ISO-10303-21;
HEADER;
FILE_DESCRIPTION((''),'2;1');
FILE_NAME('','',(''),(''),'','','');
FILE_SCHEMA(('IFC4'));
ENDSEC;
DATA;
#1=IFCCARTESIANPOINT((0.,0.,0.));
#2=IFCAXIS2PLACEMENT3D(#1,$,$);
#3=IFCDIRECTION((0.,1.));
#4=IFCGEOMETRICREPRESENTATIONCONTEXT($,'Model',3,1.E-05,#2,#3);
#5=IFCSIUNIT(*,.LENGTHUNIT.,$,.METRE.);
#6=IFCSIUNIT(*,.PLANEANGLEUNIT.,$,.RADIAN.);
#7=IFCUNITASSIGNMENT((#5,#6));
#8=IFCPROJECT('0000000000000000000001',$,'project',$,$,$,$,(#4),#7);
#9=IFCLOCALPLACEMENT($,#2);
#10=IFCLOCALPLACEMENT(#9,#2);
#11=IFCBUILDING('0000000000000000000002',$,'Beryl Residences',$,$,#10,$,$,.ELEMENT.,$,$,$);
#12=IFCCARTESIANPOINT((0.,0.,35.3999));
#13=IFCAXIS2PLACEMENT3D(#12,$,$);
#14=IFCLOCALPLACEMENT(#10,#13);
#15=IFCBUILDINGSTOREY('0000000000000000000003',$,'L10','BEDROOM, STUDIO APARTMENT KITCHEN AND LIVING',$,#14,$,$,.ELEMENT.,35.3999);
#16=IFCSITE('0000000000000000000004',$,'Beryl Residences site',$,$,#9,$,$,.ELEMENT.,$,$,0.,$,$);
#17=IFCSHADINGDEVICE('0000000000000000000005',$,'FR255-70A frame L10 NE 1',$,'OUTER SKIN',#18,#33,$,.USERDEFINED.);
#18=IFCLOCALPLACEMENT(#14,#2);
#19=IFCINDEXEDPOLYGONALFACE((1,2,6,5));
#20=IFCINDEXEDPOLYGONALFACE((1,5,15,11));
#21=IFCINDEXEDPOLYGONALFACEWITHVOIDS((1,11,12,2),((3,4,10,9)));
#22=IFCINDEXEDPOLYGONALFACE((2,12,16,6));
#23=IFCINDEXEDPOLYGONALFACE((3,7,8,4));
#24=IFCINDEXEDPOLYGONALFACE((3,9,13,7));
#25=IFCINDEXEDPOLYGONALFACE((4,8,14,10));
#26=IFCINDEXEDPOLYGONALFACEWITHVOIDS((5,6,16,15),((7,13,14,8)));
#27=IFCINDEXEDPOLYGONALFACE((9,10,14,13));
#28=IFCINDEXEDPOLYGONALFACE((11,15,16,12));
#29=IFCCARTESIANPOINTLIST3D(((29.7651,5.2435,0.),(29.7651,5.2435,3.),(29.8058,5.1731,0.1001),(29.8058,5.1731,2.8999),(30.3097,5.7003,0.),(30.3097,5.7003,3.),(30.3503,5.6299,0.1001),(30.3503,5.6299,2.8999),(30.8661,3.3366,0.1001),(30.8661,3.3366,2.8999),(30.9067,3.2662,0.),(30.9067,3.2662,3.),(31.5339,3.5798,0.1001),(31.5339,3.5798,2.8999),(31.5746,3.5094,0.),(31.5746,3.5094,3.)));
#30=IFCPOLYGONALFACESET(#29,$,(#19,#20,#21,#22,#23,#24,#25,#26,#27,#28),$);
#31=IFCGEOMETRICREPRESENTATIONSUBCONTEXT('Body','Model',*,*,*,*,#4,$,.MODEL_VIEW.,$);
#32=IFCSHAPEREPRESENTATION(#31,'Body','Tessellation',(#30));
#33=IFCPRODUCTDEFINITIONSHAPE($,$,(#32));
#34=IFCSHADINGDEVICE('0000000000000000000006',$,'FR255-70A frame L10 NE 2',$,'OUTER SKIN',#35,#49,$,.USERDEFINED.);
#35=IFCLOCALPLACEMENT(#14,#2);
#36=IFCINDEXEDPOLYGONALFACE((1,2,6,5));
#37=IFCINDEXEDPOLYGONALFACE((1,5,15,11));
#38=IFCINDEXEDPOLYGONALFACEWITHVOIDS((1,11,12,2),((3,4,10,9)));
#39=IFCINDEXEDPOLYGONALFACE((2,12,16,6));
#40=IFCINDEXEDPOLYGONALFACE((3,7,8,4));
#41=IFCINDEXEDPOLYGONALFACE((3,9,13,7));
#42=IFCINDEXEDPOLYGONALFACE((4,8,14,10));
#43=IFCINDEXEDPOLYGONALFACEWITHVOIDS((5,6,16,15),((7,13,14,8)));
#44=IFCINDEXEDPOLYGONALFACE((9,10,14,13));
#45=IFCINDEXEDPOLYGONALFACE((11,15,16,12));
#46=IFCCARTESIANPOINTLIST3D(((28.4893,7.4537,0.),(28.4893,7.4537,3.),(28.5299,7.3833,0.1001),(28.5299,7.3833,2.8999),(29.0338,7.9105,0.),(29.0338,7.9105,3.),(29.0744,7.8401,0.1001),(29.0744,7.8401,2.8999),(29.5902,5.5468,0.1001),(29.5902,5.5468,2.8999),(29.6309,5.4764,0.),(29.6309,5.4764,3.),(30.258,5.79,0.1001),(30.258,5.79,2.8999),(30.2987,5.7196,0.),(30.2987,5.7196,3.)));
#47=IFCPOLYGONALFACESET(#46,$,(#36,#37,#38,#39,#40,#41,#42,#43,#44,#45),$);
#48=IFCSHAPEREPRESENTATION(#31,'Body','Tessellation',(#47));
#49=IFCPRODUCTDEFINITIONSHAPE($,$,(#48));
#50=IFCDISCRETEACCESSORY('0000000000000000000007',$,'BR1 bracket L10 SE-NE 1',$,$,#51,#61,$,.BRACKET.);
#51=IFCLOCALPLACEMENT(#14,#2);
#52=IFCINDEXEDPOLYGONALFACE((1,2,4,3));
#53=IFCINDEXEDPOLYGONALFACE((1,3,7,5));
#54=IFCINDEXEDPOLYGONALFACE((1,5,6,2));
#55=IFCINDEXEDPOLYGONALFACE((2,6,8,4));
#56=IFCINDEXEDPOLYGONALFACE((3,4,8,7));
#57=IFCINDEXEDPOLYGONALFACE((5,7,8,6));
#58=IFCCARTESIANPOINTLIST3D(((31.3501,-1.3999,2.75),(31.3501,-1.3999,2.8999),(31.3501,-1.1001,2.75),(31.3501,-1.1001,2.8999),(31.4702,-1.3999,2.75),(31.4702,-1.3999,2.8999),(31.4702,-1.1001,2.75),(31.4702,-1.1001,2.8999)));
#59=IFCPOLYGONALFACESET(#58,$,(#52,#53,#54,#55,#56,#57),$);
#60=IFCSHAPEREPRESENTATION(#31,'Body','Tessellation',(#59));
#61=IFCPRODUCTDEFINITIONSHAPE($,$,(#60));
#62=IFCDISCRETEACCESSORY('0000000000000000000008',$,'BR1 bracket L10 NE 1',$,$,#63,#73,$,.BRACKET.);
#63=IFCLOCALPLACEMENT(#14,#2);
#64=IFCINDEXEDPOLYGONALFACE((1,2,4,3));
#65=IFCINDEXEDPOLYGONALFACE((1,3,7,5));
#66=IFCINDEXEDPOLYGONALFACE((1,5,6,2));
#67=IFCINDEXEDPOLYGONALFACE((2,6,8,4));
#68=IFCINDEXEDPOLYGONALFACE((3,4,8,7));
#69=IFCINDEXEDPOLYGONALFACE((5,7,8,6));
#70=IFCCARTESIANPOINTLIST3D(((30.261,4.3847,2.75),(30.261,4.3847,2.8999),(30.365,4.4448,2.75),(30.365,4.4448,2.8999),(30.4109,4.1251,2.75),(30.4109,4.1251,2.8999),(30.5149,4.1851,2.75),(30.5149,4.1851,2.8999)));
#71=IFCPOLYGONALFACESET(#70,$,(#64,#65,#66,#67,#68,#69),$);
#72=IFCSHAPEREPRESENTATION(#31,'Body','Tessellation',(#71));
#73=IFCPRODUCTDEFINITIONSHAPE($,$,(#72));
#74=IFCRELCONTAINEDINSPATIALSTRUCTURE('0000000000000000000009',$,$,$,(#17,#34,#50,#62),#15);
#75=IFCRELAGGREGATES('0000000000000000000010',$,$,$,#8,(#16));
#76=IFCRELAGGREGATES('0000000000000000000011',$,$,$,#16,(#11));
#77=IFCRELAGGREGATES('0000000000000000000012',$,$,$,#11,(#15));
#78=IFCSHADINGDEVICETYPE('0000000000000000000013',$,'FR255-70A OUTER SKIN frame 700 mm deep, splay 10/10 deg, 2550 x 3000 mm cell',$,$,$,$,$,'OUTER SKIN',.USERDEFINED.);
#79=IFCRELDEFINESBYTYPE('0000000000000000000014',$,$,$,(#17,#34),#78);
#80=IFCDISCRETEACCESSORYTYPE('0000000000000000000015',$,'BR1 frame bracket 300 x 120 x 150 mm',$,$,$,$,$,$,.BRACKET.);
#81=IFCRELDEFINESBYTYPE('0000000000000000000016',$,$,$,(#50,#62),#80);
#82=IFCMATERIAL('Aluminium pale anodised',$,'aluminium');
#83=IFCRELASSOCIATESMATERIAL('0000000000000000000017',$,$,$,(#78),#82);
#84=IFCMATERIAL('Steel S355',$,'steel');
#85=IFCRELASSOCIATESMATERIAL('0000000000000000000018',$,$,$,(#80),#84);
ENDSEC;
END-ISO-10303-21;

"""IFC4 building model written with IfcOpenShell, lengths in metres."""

from ifc_helpers import new_model, entity, si_unit, direction, frame, origin, place, context, subcontext, project, spatial, polyline, outline, extrude, source, transform, mapped, material, type_object, type_shapes, element, save


model = new_model("IFC4")

# Units and contexts
model_context = context("Model", 3, precision=1e-05, world=origin(), true_north=direction((0.0, 1.0)))
body_context = subcontext(model_context, "Body", "Model", "MODEL_VIEW")
ifc_project = project(units=[si_unit("LENGTHUNIT", "METRE"), si_unit("PLANEANGLEUNIT", "RADIAN")], contexts=[model_context])

# Site, building, storey
site_placement = place(None, origin())
site = spatial("IfcSite", under=ifc_project, at=site_placement, Name="Beryl Residences site", CompositionType="ELEMENT", RefElevation=0.0)
building_placement = place(site_placement, origin())
building = spatial("IfcBuilding", under=site, at=building_placement, Name="Beryl Residences", CompositionType="ELEMENT")
storey_placement = place(building_placement, frame((0.0, 0.0, 35.3999)))
storey = spatial("IfcBuildingStorey", under=building, at=storey_placement, Name="L10", Description="BEDROOM, STUDIO APARTMENT KITCHEN AND LIVING", CompositionType="ELEMENT", Elevation=35.3999)

# Shading devices
ifc_material_1 = material(Name="Aluminium pale anodised", Category="aluminium")
shading_device_type_1 = type_object("IfcShadingDeviceType", Name="FR255-70A OUTER SKIN frame 700 mm deep, splay 10/10 deg, 2550 x 3000 mm cell", ElementType="OUTER SKIN", PredefinedType="USERDEFINED", material=ifc_material_1)
cartesian_point_1 = entity("IfcCartesianPoint", [-1.1416, 0.0])
cartesian_point_2 = entity("IfcCartesianPoint", [-1.0603, 0.1001])
cartesian_point_3 = entity("IfcCartesianPoint", [-1.2649, 0.0])
cartesian_point_4 = entity("IfcCartesianPoint", [-1.1836, 0.1001])
shared_shape_1 = source(origin(), body_context, "Body", "SweptSolid", [
    entity("IfcExtrudedAreaSolidTapered", entity("IfcArbitraryProfileDefWithVoids", "AREA", None, entity("IfcPolyline", [cartesian_point_1, entity("IfcCartesianPoint", [1.1416, 0.0]), entity("IfcCartesianPoint", [1.1416, 3.0]), entity("IfcCartesianPoint", [-1.1416, 3.0]), cartesian_point_1]), [entity("IfcPolyline", [cartesian_point_2, entity("IfcCartesianPoint", [1.0603, 0.1001]), entity("IfcCartesianPoint", [1.0603, 2.8999]), entity("IfcCartesianPoint", [-1.0603, 2.8999]), cartesian_point_2])]), entity("IfcAxis2Placement3D", entity("IfcCartesianPoint", [0.0, 0.0, 0.0]), entity("IfcDirection", [0.0, 1.0, 0.0]), entity("IfcDirection", [-1.0, 0.0, 0.0])), entity("IfcDirection", [0.0, 0.0, 1.0]), 0.7, entity("IfcArbitraryProfileDefWithVoids", "AREA", None, entity("IfcPolyline", [cartesian_point_3, entity("IfcCartesianPoint", [1.2649, 0.0]), entity("IfcCartesianPoint", [1.2649, 3.0]), entity("IfcCartesianPoint", [-1.2649, 3.0]), cartesian_point_3]), [entity("IfcPolyline", [cartesian_point_4, entity("IfcCartesianPoint", [1.1836, 0.1001]), entity("IfcCartesianPoint", [1.1836, 2.8999]), entity("IfcCartesianPoint", [-1.1836, 2.8999]), cartesian_point_4])])),
])
type_shapes(shading_device_type_1, [shared_shape_1])
for number, where, z_axis, x_axis, name in (
    (1, (30.3359, 4.2549, 0.0), (0.0, 0.0, 1.0), (0.5, -0.866025, 0.0), "FR255-70A frame L10 NE 1"),
    (2, (29.0601, 6.4651, 0.0), (0.0, 0.0, 1.0), (0.5, -0.866025, 0.0), "FR255-70A frame L10 NE 2"),
):
    element("IfcShadingDevice", number, at=place(storey_placement, frame(where, z_axis=z_axis, x_axis=x_axis)), inside=storey, type_object=shading_device_type_1, Name=name, ObjectType="OUTER SKIN", PredefinedType="USERDEFINED", context=body_context, shape_type="MappedRepresentation", body=[
        mapped(shared_shape_1, transform((0.0, 0.0, 0.0))),
    ])

# Discrete accessories
ifc_material_2 = material(Name="Steel S355", Category="steel")
discrete_accessory_type = type_object("IfcDiscreteAccessoryType", Name="BR1 frame bracket 300 x 120 x 150 mm", PredefinedType="BRACKET", material=ifc_material_2)
shared_shape_2 = source(origin(), body_context, "Body", "SweptSolid", [
    extrude(outline(polyline([(-0.1499, 0.0), (0.1499, 0.0), (0.1499, 0.1201), (-0.1499, 0.1201), (-0.1499, 0.0)])), origin(), (0.0, 0.0, 1.0), 0.1499),
])
type_shapes(discrete_accessory_type, [shared_shape_2])
for number, where, z_axis, x_axis, name in (
    (3, (31.3501, -1.25, 2.75), (0.0, 0.0, 1.0), (0.0, -1.0, 0.0), "BR1 bracket L10 SE-NE 1"),
    (4, (30.3359, 4.2549, 2.75), (0.0, 0.0, 1.0), (0.5, -0.866025, 0.0), "BR1 bracket L10 NE 1"),
):
    element("IfcDiscreteAccessory", number, at=place(storey_placement, frame(where, z_axis=z_axis, x_axis=x_axis)), inside=storey, type_object=discrete_accessory_type, Name=name, PredefinedType="BRACKET", context=body_context, shape_type="MappedRepresentation", body=[
        mapped(shared_shape_2, transform((0.0, 0.0, 0.0))),
    ])

save(model, "model.ifc")
